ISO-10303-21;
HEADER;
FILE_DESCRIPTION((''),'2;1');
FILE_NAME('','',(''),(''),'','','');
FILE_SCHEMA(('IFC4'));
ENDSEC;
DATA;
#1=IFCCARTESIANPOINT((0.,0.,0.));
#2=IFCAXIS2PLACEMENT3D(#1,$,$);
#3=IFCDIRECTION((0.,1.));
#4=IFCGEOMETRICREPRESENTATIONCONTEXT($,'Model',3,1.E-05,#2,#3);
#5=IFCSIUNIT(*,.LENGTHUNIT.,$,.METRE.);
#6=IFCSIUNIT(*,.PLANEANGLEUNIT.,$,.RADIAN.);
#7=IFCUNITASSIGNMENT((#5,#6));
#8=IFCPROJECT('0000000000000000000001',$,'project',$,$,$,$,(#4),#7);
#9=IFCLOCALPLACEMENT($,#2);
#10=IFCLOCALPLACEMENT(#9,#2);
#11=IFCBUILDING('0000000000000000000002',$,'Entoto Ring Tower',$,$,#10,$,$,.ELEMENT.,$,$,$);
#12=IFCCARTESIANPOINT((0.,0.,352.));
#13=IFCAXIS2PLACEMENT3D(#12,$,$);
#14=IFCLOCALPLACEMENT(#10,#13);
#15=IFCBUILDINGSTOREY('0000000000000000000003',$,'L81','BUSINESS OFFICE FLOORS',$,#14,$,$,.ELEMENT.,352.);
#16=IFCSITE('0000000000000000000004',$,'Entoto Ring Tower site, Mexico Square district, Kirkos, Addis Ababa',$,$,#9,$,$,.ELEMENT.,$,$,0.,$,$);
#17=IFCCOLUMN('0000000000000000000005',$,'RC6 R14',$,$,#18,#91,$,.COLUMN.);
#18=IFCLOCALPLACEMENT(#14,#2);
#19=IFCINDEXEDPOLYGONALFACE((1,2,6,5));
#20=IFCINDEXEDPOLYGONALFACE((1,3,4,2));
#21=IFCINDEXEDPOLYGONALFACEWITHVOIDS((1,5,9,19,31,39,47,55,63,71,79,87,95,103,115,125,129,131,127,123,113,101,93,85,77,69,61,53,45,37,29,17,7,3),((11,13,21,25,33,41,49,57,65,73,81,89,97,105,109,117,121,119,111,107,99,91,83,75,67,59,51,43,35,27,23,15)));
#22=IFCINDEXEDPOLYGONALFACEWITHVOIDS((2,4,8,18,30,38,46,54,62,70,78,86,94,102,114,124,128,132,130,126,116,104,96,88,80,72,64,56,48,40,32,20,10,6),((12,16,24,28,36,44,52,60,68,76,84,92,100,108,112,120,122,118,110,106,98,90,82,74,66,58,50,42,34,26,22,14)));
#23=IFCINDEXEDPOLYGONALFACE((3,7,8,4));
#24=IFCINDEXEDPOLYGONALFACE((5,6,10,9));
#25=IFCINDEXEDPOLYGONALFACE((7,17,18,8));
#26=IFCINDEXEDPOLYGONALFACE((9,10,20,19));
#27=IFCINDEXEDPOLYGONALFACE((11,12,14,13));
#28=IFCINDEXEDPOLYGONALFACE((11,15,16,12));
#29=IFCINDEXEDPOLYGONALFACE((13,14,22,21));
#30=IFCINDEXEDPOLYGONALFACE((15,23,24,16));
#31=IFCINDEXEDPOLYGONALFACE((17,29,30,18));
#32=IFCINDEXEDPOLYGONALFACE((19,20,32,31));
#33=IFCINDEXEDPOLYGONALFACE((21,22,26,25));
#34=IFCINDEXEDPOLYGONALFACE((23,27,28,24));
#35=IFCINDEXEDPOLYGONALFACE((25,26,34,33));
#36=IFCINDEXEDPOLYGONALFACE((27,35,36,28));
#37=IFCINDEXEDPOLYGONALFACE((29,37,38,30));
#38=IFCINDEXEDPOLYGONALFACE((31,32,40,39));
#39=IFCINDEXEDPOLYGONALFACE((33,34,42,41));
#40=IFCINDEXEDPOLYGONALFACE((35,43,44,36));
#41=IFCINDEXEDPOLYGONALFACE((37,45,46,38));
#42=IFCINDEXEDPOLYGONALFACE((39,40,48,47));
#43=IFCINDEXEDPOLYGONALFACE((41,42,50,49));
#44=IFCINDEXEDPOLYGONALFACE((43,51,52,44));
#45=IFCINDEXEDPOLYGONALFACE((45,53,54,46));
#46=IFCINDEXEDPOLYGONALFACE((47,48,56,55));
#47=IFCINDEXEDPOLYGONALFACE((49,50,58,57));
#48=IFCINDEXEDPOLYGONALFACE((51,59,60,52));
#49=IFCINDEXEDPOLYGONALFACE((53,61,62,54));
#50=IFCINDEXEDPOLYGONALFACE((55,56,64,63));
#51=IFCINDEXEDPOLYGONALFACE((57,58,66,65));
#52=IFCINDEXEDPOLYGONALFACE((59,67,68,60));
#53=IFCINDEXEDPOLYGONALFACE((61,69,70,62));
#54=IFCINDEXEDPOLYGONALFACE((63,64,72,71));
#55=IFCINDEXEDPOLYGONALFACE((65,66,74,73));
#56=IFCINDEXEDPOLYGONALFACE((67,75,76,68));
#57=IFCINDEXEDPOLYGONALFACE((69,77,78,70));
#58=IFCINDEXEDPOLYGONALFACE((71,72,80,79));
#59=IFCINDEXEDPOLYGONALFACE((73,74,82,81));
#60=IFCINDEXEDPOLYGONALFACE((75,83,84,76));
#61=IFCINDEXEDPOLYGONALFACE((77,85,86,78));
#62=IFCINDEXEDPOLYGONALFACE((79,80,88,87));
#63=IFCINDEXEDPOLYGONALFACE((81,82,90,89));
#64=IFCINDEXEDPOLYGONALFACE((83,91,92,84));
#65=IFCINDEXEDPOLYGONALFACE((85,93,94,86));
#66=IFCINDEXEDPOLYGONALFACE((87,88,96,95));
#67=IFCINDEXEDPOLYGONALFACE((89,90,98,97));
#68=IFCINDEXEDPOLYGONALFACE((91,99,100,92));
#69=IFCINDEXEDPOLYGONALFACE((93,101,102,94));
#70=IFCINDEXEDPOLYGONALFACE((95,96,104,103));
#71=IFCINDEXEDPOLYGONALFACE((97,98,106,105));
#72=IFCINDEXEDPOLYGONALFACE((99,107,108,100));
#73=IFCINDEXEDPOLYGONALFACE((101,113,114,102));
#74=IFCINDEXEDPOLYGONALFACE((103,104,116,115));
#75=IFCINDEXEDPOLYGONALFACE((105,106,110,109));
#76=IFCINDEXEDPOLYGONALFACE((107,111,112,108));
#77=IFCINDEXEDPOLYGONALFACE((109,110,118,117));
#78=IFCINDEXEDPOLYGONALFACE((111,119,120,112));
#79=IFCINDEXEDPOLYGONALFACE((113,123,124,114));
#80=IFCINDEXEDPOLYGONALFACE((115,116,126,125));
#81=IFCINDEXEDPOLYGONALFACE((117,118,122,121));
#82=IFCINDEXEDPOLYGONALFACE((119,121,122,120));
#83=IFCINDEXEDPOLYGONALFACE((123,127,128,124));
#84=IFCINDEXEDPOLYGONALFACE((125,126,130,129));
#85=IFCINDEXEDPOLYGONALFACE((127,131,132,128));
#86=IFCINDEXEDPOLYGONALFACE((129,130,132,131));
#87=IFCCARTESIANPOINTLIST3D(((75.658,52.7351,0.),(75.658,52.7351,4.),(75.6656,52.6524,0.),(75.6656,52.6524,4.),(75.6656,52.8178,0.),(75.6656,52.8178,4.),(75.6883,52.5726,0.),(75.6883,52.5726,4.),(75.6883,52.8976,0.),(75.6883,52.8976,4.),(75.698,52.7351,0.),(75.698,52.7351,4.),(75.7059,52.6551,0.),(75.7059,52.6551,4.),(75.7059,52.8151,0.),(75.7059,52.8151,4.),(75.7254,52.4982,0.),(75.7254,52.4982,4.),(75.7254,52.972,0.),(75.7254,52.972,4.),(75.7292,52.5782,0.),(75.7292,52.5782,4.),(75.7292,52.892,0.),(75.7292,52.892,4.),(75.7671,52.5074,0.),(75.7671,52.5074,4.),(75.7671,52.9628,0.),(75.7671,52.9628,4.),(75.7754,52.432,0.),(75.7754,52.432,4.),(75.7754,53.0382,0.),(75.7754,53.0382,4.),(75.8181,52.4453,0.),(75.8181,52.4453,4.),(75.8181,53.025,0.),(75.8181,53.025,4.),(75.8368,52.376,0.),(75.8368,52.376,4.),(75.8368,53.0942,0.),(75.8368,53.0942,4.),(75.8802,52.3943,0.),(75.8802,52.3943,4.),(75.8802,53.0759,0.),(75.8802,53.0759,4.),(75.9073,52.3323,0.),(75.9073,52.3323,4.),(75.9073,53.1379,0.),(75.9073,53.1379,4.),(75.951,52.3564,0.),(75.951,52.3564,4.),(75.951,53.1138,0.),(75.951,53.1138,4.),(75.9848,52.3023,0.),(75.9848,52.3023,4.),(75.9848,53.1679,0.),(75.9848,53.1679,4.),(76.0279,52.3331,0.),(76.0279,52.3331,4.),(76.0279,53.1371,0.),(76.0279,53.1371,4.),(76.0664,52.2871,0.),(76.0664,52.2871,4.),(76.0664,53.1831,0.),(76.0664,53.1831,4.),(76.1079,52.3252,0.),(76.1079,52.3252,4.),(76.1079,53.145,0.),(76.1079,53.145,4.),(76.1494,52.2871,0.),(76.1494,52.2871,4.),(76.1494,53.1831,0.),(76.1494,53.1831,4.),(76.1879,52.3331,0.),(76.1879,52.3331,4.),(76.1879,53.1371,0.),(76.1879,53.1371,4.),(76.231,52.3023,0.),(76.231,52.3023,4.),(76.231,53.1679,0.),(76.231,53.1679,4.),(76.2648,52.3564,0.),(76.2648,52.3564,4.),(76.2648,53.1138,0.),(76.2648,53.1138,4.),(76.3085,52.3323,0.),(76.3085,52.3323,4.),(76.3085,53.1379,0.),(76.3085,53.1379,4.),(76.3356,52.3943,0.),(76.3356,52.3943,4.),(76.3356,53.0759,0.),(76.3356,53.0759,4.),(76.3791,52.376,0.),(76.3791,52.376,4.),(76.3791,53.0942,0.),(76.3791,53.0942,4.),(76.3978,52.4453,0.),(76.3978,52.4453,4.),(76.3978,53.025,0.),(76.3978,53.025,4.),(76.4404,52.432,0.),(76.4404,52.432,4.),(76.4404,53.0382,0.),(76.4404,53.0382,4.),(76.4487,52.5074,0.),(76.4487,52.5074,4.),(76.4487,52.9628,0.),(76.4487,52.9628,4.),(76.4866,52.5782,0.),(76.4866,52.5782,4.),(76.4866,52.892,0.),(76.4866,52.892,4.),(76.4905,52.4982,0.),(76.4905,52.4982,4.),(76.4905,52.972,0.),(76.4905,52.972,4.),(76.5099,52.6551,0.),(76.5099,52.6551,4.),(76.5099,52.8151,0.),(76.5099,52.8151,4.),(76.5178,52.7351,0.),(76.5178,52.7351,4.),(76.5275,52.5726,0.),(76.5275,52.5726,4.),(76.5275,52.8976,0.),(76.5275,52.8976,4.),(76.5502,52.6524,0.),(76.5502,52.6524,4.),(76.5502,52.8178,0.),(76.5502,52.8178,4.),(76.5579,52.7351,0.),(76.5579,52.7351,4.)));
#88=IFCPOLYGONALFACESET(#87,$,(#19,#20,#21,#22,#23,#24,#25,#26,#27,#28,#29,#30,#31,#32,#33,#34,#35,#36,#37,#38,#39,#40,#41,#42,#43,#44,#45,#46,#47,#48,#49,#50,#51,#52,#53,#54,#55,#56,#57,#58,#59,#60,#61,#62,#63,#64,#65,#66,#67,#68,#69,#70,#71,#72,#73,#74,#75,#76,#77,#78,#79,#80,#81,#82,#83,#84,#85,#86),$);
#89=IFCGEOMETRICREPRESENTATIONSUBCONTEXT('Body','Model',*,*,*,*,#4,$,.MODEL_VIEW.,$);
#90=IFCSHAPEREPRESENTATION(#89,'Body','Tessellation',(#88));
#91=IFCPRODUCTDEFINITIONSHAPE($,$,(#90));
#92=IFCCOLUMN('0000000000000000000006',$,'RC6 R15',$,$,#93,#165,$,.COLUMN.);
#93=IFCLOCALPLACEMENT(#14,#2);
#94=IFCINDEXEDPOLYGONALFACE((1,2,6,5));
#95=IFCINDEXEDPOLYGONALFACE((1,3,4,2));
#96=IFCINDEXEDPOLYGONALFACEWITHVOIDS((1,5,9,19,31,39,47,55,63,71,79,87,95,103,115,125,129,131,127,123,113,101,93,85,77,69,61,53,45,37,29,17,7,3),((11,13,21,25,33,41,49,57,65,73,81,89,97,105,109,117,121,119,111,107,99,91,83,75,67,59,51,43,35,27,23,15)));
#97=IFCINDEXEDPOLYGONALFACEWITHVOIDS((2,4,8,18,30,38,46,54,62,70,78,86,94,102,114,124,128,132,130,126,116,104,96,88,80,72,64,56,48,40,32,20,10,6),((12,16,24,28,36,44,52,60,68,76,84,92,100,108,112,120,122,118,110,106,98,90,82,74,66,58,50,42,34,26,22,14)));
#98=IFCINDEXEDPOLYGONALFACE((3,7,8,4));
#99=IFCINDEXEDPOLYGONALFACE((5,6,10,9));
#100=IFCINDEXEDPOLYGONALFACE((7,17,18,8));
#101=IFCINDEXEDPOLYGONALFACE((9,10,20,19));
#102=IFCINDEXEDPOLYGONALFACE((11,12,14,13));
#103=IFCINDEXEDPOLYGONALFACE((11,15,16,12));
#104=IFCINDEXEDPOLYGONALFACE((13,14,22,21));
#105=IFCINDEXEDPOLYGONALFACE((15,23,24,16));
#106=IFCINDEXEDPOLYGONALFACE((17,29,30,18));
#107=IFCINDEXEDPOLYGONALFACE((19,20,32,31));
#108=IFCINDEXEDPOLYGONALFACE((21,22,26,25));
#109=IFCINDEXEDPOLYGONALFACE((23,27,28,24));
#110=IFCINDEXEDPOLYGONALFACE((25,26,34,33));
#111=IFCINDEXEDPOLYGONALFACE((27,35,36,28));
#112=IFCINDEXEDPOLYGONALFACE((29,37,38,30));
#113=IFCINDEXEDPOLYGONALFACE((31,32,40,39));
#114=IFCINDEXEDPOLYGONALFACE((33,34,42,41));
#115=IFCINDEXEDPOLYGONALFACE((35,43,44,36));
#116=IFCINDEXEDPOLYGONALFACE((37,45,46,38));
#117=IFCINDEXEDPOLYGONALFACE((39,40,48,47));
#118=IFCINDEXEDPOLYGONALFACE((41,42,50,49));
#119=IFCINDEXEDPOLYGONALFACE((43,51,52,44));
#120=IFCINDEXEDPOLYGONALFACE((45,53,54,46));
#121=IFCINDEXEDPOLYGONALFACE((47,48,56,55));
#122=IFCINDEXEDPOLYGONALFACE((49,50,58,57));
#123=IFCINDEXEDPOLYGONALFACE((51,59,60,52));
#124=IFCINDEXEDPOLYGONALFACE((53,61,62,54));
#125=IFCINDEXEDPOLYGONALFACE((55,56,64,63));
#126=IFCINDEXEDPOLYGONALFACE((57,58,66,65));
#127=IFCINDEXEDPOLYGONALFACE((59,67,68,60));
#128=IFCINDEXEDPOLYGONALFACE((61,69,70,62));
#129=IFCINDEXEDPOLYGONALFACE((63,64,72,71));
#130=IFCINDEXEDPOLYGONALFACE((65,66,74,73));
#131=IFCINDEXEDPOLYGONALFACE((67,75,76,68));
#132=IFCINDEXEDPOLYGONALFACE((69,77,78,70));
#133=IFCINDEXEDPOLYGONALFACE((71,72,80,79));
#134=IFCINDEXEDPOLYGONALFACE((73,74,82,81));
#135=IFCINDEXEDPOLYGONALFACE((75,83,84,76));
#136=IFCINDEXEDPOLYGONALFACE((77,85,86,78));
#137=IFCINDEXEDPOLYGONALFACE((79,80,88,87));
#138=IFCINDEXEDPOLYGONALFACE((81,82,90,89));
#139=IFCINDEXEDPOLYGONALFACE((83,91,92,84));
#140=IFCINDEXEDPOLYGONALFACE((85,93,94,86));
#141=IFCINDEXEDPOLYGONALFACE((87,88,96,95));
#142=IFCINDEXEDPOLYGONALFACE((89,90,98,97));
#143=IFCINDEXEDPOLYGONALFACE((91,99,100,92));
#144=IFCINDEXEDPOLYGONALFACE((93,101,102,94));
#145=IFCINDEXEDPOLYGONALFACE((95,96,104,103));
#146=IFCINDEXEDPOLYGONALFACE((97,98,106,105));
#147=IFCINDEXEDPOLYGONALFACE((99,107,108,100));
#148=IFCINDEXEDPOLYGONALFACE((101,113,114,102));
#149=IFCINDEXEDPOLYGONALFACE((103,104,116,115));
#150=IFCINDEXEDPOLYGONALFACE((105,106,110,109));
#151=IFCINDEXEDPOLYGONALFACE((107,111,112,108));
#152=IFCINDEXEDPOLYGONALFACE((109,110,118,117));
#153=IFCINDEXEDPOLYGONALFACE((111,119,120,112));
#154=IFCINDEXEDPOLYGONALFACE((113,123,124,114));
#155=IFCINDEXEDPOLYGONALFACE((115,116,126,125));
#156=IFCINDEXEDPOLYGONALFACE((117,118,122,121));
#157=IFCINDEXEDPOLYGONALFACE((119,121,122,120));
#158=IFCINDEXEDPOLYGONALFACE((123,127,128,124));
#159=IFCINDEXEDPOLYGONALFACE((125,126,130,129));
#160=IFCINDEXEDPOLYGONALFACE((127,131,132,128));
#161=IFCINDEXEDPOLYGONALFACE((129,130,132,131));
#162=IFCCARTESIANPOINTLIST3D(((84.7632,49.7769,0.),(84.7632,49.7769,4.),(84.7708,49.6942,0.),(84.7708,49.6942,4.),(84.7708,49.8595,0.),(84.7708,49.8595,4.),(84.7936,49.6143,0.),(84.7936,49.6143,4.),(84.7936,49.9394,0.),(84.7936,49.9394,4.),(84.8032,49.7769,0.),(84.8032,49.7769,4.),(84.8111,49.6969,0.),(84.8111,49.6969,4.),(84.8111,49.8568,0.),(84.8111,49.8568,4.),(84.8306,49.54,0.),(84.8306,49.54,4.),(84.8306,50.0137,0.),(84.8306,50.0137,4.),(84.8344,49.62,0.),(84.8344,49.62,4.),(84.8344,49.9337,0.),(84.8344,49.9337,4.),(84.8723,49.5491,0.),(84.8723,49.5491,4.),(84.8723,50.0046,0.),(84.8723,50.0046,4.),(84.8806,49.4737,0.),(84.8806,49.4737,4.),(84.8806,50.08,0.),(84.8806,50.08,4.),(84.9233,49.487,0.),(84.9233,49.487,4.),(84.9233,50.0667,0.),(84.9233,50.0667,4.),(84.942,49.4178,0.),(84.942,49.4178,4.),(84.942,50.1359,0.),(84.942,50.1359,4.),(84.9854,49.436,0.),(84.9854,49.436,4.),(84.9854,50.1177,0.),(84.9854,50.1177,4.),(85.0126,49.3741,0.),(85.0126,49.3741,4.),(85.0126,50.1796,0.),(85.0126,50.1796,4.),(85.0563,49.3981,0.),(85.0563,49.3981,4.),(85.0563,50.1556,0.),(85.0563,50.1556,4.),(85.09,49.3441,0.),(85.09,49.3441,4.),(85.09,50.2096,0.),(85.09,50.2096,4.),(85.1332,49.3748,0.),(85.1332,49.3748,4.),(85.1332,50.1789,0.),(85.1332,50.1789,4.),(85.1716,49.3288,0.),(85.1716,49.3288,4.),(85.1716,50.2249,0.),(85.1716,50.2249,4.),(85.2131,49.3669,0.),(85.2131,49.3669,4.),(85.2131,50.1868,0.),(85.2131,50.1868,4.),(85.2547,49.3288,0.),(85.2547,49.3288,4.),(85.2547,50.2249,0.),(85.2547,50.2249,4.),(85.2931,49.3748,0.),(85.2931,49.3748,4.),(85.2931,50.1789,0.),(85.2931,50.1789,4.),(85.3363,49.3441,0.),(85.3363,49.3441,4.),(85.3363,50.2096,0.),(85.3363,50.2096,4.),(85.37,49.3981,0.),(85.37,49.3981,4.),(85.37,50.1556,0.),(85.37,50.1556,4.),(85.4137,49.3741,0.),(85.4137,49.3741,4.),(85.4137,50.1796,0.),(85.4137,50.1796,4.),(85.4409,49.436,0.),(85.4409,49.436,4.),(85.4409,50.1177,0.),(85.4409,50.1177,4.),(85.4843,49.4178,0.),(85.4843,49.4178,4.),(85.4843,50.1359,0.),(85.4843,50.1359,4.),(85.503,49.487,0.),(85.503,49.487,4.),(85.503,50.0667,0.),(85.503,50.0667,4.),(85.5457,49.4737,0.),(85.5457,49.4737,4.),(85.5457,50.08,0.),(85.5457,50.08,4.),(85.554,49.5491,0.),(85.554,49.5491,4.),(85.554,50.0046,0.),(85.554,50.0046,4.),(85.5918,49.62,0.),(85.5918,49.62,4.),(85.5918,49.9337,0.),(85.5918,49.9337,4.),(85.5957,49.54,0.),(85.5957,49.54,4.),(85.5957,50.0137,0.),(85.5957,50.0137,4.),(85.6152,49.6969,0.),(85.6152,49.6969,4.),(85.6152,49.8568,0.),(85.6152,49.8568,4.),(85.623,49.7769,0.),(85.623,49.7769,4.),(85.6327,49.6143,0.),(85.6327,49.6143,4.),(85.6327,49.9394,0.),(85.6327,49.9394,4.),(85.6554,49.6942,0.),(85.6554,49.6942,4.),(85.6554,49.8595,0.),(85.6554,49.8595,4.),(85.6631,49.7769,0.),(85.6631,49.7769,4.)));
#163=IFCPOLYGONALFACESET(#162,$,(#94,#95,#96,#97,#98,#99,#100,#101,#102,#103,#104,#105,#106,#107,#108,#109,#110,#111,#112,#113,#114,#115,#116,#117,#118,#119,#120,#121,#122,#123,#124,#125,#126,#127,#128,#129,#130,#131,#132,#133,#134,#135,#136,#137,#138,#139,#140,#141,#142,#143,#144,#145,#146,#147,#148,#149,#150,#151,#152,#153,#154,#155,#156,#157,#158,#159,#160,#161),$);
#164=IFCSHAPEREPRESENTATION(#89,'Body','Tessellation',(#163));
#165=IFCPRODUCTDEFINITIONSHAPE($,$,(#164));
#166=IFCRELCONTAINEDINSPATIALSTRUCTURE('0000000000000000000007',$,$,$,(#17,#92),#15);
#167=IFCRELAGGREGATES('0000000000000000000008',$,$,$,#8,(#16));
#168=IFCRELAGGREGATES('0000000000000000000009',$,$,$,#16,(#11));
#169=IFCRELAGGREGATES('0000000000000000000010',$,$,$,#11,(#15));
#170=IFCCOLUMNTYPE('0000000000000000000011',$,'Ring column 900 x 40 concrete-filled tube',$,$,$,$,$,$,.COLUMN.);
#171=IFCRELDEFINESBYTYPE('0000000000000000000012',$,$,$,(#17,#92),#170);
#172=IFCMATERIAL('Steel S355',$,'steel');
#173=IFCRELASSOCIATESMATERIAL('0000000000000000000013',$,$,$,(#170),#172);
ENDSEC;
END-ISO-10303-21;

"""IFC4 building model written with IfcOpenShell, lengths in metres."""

from ifc_helpers import new_model, si_unit, direction, frame, origin, origin_2d, place, context, subcontext, project, spatial, circle, hollow_circle, extrude, material, material_profile, profile_set, type_object, element, save


model = new_model("IFC4")

# Units and contexts
model_context = context("Model", 3, precision=1e-05, world=origin(), true_north=direction((0.0, 1.0)))
body_context = subcontext(model_context, "Body", "Model", "MODEL_VIEW")
ifc_project = project(units=[si_unit("LENGTHUNIT", "METRE"), si_unit("PLANEANGLEUNIT", "RADIAN")], contexts=[model_context])

# Site, building, storey
site_placement = place(None, origin())
site = spatial("IfcSite", under=ifc_project, at=site_placement, Name="Entoto Ring Tower site, Mexico Square district, Kirkos, Addis Ababa", CompositionType="ELEMENT", RefElevation=0.0)
building_placement = place(site_placement, origin())
building = spatial("IfcBuilding", under=site, at=building_placement, Name="Entoto Ring Tower", CompositionType="ELEMENT")
storey_placement = place(building_placement, frame((0.0, 0.0, 352.0)))
storey = spatial("IfcBuildingStorey", under=building, at=storey_placement, Name="L81", Description="BUSINESS OFFICE FLOORS", CompositionType="ELEMENT", Elevation=352.0)

# Columns
ifc_material_1 = material(Name="Steel S355", Category="steel")
ifc_material_profile_1 = material_profile(ifc_material_1, hollow_circle(Radius=0.45, WallThickness=0.04, at=origin_2d()), Name="CHS 900 x 40")
ifc_material_2 = material(Name="Concrete C60/75", Category="concrete")
ifc_material_profile_2 = material_profile(ifc_material_2, circle(Radius=0.4099, at=origin_2d()), Name="Concrete C60/75 infill")
ifc_profile_set_1 = profile_set([ifc_material_profile_1, ifc_material_profile_2], Name="Steel S355")
column_type = type_object("IfcColumnType", Name="Ring column 900 x 40 concrete-filled tube", PredefinedType="COLUMN", material=ifc_profile_set_1)
for number, where, z_axis, x_axis, name in (
    (1, (76.1079, 52.7351, 0.0), (0.0, 0.0, 1.0), (1.0, 0.0, 0.0), "RC6 R14"),
    (2, (85.2131, 49.7769, 0.0), (0.0, 0.0, 1.0), (1.0, 0.0, 0.0), "RC6 R15"),
):
    element("IfcColumn", number, at=place(storey_placement, frame(where, z_axis=z_axis, x_axis=x_axis)), inside=storey, type_object=column_type, Name=name, PredefinedType="COLUMN", context=body_context, shape_type="SweptSolid", body=[
        extrude(hollow_circle(Radius=0.45, WallThickness=0.04, at=origin_2d()), origin(), (0.0, 0.0, 1.0), 4.0),
    ])

save(model, "model.ifc")
